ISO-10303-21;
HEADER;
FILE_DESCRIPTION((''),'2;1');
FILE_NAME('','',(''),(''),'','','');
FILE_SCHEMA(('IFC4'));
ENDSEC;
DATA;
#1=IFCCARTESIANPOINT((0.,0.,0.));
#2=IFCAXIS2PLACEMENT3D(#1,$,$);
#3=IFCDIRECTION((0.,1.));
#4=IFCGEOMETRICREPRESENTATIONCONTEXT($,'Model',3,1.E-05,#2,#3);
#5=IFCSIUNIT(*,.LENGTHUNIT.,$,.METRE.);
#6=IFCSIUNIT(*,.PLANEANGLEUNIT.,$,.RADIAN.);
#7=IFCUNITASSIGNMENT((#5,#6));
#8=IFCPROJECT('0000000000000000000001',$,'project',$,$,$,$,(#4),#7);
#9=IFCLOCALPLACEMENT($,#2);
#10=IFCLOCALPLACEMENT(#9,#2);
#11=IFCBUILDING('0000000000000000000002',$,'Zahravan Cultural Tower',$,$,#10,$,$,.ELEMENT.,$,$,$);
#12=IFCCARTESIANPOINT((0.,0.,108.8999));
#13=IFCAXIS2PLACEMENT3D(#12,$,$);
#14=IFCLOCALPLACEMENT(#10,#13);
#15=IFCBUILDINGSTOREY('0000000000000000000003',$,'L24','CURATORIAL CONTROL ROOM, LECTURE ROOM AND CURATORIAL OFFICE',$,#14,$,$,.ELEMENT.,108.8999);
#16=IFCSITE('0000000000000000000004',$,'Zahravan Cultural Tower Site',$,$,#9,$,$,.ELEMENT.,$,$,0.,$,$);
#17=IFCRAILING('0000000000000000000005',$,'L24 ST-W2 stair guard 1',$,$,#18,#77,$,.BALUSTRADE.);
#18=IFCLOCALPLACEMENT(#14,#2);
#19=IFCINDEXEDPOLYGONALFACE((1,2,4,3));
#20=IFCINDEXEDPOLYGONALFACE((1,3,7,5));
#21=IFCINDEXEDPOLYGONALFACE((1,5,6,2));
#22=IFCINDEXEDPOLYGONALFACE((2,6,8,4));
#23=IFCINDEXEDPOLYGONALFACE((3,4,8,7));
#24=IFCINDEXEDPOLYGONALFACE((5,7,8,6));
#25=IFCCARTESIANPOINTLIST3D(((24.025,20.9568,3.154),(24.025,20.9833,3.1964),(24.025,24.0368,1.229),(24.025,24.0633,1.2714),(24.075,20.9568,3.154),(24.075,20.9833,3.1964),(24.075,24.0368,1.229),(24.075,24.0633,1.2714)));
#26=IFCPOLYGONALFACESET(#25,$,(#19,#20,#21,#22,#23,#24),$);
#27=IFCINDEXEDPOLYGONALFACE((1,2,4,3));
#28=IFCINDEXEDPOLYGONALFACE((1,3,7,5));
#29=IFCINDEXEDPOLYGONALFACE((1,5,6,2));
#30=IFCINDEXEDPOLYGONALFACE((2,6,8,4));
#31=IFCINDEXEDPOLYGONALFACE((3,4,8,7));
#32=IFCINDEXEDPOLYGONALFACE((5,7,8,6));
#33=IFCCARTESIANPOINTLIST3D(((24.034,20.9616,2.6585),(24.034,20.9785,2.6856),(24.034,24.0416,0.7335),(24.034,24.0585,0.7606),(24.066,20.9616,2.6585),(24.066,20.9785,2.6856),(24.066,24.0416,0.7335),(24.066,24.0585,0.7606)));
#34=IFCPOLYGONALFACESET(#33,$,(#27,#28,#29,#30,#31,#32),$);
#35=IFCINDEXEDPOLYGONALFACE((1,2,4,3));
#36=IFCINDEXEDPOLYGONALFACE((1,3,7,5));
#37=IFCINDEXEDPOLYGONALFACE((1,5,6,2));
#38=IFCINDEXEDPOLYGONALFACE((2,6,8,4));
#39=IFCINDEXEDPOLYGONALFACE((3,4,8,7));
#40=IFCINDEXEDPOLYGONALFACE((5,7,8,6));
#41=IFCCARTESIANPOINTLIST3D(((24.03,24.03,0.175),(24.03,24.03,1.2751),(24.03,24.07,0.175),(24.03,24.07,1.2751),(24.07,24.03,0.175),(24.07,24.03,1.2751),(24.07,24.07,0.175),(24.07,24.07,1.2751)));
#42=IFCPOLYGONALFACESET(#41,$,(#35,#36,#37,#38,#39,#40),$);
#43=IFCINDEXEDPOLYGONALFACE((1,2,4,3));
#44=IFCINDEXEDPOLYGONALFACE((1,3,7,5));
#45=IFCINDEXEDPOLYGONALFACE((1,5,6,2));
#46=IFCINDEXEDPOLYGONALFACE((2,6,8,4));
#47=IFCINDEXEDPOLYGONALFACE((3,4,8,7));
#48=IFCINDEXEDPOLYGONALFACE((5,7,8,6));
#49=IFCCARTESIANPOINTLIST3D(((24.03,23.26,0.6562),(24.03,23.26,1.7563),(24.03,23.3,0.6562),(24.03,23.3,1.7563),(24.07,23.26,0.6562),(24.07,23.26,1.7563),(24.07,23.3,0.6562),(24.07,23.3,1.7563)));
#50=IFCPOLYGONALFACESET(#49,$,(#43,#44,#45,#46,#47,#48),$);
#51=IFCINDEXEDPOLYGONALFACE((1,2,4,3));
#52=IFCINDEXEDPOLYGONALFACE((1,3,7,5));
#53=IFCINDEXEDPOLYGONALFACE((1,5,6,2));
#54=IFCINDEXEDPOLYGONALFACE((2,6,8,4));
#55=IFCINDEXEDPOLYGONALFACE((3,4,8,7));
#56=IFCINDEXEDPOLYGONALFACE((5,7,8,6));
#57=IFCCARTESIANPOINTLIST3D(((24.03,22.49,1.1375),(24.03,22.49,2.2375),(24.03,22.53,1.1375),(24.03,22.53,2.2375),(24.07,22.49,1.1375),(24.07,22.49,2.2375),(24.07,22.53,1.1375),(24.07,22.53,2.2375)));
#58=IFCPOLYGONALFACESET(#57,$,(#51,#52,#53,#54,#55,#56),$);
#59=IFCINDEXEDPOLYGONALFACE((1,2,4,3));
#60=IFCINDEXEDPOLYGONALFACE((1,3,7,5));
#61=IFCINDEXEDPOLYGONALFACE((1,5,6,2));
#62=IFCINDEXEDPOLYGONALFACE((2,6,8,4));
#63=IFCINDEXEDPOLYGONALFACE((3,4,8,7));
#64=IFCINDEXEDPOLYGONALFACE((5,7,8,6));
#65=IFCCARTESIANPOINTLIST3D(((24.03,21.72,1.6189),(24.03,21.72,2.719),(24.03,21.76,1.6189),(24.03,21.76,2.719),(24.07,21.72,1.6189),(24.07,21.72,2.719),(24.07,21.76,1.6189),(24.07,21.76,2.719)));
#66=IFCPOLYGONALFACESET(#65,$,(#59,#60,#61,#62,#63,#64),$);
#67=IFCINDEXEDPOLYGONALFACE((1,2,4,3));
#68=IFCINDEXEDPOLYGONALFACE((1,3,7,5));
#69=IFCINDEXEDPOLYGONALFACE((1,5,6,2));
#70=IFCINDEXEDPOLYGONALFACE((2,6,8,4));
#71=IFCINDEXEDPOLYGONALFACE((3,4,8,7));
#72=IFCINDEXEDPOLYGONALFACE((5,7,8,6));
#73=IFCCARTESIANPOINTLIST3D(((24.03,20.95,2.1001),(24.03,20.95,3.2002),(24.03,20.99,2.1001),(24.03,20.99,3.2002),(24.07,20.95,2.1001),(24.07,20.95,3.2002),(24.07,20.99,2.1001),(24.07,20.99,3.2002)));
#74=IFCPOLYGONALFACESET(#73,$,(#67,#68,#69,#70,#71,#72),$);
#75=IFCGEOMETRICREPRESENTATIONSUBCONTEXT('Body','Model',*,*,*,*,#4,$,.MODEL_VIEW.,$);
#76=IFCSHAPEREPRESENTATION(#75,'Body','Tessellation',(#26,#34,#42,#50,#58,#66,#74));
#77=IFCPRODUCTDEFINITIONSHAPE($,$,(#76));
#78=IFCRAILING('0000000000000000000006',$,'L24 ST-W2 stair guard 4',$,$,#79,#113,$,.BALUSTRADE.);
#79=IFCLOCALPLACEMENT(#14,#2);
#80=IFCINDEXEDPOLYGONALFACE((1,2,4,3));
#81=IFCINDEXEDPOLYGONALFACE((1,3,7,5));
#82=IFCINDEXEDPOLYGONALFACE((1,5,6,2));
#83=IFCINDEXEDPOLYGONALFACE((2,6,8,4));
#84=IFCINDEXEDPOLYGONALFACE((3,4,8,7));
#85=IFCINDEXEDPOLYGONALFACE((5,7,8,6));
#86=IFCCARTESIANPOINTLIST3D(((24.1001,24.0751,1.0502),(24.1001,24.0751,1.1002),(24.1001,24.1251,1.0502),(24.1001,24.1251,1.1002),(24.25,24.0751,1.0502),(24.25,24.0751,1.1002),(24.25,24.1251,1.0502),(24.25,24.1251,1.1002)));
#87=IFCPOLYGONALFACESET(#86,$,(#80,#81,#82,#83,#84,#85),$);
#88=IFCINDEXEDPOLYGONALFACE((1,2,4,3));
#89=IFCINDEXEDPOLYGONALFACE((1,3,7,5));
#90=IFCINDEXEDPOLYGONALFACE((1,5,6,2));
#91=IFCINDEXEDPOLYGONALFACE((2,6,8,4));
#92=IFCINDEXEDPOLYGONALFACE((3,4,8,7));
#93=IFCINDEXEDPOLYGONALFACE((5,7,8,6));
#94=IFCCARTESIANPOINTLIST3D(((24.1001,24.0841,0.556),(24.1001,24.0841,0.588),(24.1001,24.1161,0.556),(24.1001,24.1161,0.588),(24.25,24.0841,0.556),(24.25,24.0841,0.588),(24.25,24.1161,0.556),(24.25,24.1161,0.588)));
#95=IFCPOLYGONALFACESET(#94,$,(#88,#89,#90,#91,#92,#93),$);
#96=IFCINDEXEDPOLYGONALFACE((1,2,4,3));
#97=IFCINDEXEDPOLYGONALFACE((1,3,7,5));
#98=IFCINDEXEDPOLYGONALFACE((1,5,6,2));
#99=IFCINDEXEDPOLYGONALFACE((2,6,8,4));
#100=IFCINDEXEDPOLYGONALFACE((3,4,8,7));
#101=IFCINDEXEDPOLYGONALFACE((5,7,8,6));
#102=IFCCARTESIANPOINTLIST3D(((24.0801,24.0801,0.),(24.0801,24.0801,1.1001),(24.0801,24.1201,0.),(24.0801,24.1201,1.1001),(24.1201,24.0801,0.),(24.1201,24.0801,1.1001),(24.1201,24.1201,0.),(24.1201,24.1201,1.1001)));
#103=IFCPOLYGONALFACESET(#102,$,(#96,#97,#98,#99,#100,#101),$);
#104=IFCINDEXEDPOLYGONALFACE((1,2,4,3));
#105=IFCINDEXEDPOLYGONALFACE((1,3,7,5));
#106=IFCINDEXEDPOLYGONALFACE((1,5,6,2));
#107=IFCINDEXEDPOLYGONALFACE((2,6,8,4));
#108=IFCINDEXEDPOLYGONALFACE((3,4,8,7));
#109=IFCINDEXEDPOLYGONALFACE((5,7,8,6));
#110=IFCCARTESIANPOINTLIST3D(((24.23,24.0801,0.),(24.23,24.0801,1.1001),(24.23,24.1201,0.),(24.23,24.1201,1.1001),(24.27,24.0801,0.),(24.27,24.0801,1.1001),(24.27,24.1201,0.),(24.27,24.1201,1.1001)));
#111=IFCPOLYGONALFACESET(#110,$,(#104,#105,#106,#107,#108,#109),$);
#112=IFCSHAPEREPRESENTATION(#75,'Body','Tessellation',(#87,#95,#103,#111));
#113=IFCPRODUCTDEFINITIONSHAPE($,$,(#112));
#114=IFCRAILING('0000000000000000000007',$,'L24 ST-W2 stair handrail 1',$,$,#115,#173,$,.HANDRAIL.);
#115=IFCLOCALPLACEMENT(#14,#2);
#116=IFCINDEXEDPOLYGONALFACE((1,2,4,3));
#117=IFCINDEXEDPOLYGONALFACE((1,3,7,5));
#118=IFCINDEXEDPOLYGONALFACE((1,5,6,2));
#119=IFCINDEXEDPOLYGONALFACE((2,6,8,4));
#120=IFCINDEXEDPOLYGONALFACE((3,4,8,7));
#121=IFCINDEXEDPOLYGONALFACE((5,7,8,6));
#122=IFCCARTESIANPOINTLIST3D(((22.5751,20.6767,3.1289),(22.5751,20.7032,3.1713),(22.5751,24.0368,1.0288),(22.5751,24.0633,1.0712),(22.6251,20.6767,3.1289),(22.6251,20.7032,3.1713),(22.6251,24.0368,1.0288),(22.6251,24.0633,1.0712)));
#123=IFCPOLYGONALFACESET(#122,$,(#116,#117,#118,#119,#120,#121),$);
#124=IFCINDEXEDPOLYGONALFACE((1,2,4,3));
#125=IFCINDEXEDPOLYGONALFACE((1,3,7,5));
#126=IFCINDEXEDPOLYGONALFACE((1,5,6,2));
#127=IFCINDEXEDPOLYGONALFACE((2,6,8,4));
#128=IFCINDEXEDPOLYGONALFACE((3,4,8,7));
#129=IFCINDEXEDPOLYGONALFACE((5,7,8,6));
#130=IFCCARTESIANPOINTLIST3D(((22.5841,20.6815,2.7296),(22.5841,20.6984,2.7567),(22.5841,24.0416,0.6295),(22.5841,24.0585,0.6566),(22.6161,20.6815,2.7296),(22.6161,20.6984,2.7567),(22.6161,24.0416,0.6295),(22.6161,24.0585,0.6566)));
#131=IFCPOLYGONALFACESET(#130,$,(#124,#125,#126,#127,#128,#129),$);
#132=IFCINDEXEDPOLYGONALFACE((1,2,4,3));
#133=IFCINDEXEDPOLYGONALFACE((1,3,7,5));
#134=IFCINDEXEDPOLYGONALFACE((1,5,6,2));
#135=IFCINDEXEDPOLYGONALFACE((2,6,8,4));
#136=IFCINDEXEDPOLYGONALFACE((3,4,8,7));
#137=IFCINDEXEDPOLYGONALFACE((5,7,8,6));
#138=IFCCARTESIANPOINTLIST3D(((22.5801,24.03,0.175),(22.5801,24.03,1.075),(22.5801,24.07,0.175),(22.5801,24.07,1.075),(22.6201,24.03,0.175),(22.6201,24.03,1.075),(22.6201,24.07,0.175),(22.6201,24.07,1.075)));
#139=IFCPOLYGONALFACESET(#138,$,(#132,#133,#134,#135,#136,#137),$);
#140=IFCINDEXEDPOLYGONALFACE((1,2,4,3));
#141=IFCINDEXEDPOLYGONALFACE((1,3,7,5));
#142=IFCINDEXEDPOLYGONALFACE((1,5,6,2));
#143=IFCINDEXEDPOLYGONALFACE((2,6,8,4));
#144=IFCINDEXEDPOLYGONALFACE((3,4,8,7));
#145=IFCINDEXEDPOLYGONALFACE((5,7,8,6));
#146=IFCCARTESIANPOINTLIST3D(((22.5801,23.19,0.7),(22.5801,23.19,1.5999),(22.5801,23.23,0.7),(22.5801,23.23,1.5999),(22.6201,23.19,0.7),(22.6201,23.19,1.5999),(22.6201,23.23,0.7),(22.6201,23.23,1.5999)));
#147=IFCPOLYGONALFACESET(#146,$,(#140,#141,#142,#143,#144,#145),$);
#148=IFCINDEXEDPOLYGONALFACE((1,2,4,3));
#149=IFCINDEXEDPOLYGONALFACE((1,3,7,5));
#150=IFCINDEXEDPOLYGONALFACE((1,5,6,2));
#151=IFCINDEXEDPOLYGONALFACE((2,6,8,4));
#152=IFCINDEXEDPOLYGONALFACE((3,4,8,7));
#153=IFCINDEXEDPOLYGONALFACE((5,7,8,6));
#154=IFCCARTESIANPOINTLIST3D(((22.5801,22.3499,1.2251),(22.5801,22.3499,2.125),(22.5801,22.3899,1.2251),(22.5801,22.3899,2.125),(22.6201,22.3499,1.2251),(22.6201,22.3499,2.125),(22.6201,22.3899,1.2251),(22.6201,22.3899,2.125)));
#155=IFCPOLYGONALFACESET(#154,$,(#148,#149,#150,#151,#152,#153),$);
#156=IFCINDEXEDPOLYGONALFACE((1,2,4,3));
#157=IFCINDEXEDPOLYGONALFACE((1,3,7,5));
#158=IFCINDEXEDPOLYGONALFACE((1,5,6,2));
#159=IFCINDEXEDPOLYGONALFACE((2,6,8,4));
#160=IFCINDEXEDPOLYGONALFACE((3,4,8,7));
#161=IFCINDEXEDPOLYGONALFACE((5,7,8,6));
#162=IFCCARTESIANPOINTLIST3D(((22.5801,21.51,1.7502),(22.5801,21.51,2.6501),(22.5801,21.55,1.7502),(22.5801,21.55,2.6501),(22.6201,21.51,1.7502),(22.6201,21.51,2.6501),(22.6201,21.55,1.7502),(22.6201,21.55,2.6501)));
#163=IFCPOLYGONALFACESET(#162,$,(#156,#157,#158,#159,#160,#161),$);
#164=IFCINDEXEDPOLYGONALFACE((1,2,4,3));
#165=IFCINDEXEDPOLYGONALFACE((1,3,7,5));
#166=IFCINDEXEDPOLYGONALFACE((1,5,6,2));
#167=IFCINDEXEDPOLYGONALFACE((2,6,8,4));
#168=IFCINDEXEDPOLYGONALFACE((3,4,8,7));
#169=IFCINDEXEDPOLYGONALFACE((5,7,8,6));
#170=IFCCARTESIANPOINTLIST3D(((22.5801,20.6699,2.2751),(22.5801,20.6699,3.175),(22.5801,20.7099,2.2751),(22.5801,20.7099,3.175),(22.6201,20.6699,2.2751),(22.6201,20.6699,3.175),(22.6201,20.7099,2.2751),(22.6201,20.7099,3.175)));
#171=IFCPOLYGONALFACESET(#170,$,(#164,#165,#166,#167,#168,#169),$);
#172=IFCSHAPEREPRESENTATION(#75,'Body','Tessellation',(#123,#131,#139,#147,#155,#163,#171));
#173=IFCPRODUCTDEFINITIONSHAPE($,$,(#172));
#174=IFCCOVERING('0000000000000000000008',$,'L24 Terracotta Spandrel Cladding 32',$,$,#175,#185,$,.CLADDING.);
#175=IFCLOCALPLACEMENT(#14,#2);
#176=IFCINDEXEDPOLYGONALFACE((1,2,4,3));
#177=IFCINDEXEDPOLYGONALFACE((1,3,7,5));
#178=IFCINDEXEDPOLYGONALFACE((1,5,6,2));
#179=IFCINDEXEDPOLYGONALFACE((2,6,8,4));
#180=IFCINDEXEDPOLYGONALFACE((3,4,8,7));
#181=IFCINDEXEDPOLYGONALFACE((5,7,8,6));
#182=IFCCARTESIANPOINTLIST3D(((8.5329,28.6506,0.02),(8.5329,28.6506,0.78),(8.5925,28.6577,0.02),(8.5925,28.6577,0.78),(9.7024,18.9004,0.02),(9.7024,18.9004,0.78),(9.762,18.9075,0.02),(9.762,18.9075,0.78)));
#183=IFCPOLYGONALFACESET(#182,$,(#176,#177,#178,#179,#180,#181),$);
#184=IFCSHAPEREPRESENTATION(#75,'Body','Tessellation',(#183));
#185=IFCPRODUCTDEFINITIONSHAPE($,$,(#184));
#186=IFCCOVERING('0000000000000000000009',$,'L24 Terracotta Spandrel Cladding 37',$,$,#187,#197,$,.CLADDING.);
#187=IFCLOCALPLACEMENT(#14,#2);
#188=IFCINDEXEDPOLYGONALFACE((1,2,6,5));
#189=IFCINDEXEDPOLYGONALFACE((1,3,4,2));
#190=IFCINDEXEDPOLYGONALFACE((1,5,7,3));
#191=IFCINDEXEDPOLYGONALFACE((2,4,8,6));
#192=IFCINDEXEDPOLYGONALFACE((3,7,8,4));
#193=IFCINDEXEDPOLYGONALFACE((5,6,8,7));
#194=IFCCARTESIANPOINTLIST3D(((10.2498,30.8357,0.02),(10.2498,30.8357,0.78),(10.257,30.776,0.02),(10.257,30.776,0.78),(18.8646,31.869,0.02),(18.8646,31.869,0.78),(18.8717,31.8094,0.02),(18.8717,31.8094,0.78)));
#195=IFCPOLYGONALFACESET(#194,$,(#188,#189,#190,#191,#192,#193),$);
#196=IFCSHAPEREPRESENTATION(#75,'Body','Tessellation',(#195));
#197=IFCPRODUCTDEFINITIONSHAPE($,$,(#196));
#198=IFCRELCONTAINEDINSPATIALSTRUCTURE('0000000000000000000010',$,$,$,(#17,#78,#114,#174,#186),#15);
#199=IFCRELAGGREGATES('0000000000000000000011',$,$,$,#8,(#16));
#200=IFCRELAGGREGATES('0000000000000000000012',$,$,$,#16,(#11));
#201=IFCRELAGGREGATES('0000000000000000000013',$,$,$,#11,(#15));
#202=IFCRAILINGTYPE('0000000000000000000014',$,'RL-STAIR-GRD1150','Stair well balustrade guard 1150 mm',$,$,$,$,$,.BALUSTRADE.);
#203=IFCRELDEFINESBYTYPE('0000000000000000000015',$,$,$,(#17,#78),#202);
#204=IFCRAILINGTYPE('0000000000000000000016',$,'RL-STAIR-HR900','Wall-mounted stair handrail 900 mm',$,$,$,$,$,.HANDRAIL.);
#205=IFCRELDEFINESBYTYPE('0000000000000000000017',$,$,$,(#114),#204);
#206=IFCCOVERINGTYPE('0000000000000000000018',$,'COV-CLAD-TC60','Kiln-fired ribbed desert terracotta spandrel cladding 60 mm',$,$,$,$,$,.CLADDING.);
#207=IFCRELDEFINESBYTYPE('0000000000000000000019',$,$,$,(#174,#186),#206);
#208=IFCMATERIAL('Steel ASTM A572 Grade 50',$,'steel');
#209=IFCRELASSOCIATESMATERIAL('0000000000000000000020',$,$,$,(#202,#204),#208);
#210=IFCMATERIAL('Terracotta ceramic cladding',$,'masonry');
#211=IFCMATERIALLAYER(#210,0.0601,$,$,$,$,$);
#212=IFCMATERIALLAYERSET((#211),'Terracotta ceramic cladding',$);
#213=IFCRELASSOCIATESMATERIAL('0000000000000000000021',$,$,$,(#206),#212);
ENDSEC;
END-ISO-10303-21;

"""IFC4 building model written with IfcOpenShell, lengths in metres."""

from ifc_helpers import new_model, si_unit, direction, frame, origin, origin_2d, place, context, subcontext, project, spatial, rectangle, extrude, source, transform, mapped, material, layer, layer_set, type_object, element, save


model = new_model("IFC4")

# Units and contexts
model_context = context("Model", 3, precision=1e-05, world=origin(), true_north=direction((0.0, 1.0)))
body_context = subcontext(model_context, "Body", "Model", "MODEL_VIEW")
ifc_project = project(units=[si_unit("LENGTHUNIT", "METRE"), si_unit("PLANEANGLEUNIT", "RADIAN")], contexts=[model_context])

# Site, building, storey
site_placement = place(None, origin())
site = spatial("IfcSite", under=ifc_project, at=site_placement, Name="Zahravan Cultural Tower Site", CompositionType="ELEMENT", RefElevation=0.0)
building_placement = place(site_placement, origin())
building = spatial("IfcBuilding", under=site, at=building_placement, Name="Zahravan Cultural Tower", CompositionType="ELEMENT")
storey_placement = place(building_placement, frame((0.0, 0.0, 108.8999)))
storey = spatial("IfcBuildingStorey", under=building, at=storey_placement, Name="L24", Description="CURATORIAL CONTROL ROOM, LECTURE ROOM AND CURATORIAL OFFICE", CompositionType="ELEMENT", Elevation=108.8999)

# Railings
ifc_material_1 = material(Name="Steel ASTM A572 Grade 50", Category="steel")
railing_type_1 = type_object("IfcRailingType", Name="RL-STAIR-GRD1150", Description="Stair well balustrade guard 1150 mm", PredefinedType="BALUSTRADE", material=ifc_material_1)
railing_1_placement = place(storey_placement, frame((24.05, 24.05, 0.175)))
element("IfcRailing", 1, at=railing_1_placement, inside=storey, type_object=railing_type_1, Name="L24 ST-W2 stair guard 1", PredefinedType="BALUSTRADE", context=body_context, shape_type="SweptSolid", body=[
    extrude(rectangle(XDim=0.05, YDim=0.05, at=origin_2d()), frame((0.0, 0.0, 1.0752), z_axis=(0.0, -0.847998, 0.529999), x_axis=(1.0, 0.0, 0.0)), (0.0, 0.0, 1.0), 3.6321),
    extrude(rectangle(XDim=0.032, YDim=0.032, at=origin_2d()), frame((0.0, 0.0, 0.572), z_axis=(0.0, -0.847998, 0.529999), x_axis=(1.0, 0.0, 0.0)), (0.0, 0.0, 1.0), 3.6321),
    extrude(rectangle(XDim=0.04, YDim=0.04, at=origin_2d()), origin(), (0.0, 0.0, 1.0), 1.1001),
    extrude(rectangle(XDim=0.04, YDim=0.04, at=origin_2d()), frame((0.0, -0.77, 0.4812)), (0.0, 0.0, 1.0), 1.1001),
    extrude(rectangle(XDim=0.04, YDim=0.04, at=origin_2d()), frame((0.0, -1.54, 0.9624)), (0.0, 0.0, 1.0), 1.1001),
    extrude(rectangle(XDim=0.04, YDim=0.04, at=origin_2d()), frame((0.0, -2.3101, 1.4438)), (0.0, 0.0, 1.0), 1.1001),
    extrude(rectangle(XDim=0.04, YDim=0.04, at=origin_2d()), frame((0.0, -3.0801, 1.925)), (0.0, 0.0, 1.0), 1.1001),
])
railing_2_placement = place(storey_placement, frame((24.1001, 24.1001, 0.0)))
element("IfcRailing", 2, at=railing_2_placement, inside=storey, type_object=railing_type_1, Name="L24 ST-W2 stair guard 4", PredefinedType="BALUSTRADE", context=body_context, shape_type="SweptSolid", body=[
    extrude(rectangle(XDim=0.05, YDim=0.05, at=origin_2d()), frame((0.0, 0.0, 1.0752), z_axis=(1.0, 0.0, 0.0), x_axis=(0.0, 1.0, 0.0)), (0.0, 0.0, 1.0), 0.1499),
    extrude(rectangle(XDim=0.032, YDim=0.032, at=origin_2d()), frame((0.0, 0.0, 0.572), z_axis=(1.0, 0.0, 0.0), x_axis=(0.0, 1.0, 0.0)), (0.0, 0.0, 1.0), 0.1499),
    extrude(rectangle(XDim=0.04, YDim=0.04, at=origin_2d()), origin(), (0.0, 0.0, 1.0), 1.1001),
    extrude(rectangle(XDim=0.04, YDim=0.04, at=origin_2d()), frame((0.1499, 0.0, 0.0)), (0.0, 0.0, 1.0), 1.1001),
])
railing_type_2 = type_object("IfcRailingType", Name="RL-STAIR-HR900", Description="Wall-mounted stair handrail 900 mm", PredefinedType="HANDRAIL", material=ifc_material_1)
railing_3_placement = place(storey_placement, frame((22.6001, 24.05, 0.175)))
element("IfcRailing", 3, at=railing_3_placement, inside=storey, type_object=railing_type_2, Name="L24 ST-W2 stair handrail 1", PredefinedType="HANDRAIL", context=body_context, shape_type="SweptSolid", body=[
    extrude(rectangle(XDim=0.05, YDim=0.05, at=origin_2d()), frame((0.0, 0.0, 0.875), z_axis=(0.0, -0.847995, 0.530004), x_axis=(1.0, 0.0, 0.0)), (0.0, 0.0, 1.0), 3.9624),
    extrude(rectangle(XDim=0.032, YDim=0.032, at=origin_2d()), frame((0.0, 0.0, 0.468), z_axis=(0.0, -0.847995, 0.530004), x_axis=(1.0, 0.0, 0.0)), (0.0, 0.0, 1.0), 3.9624),
    extrude(rectangle(XDim=0.04, YDim=0.04, at=origin_2d()), origin(), (0.0, 0.0, 1.0), 0.8999),
    extrude(rectangle(XDim=0.04, YDim=0.04, at=origin_2d()), frame((0.0, -0.8401, 0.5249)), (0.0, 0.0, 1.0), 0.8999),
    extrude(rectangle(XDim=0.04, YDim=0.04, at=origin_2d()), frame((0.0, -1.6802, 1.05)), (0.0, 0.0, 1.0), 0.8999),
    extrude(rectangle(XDim=0.04, YDim=0.04, at=origin_2d()), frame((0.0, -2.52, 1.5752)), (0.0, 0.0, 1.0), 0.8999),
    extrude(rectangle(XDim=0.04, YDim=0.04, at=origin_2d()), frame((0.0, -3.3601, 2.1001)), (0.0, 0.0, 1.0), 0.8999),
])

# Coverings
ifc_material_2 = material(Name="Terracotta ceramic cladding", Category="masonry")
ifc_layer_1 = layer(ifc_material_2, 0.0601)
ifc_layer_set_1 = layer_set([ifc_layer_1], Name="Terracotta ceramic cladding")
covering_type = type_object("IfcCoveringType", Name="COV-CLAD-TC60", Description="Kiln-fired ribbed desert terracotta spandrel cladding 60 mm", PredefinedType="CLADDING", material=ifc_layer_set_1)
shared_shape_1 = source(origin(), body_context, "Body", "SweptSolid", [
    extrude(rectangle(XDim=9.8201, YDim=0.0601, at=origin_2d()), origin(), (0.0, 0.0, 1.0), 0.76),
])
covering_1_placement = place(storey_placement, frame((9.1475, 23.7791, 0.02), z_axis=(0.0, 0.0, 1.0), x_axis=(-0.119097, 0.992883, 0.0)))
element("IfcCovering", 4, at=covering_1_placement, inside=storey, type_object=covering_type, Name="L24 Terracotta Spandrel Cladding 32", PredefinedType="CLADDING", context=body_context, shape_type="MappedRepresentation", body=[
    mapped(shared_shape_1, transform((0.0, 0.0, 0.0), x_axis=(1.0, 0.0, 0.0), y_axis=(0.0, 1.0, 0.0), z_axis=(0.0, 0.0, 1.0), scale=1.0)),
])
shared_shape_2 = source(origin(), body_context, "Body", "SweptSolid", [
    extrude(rectangle(XDim=8.6765, YDim=0.0601, at=origin_2d()), origin(), (0.0, 0.0, 1.0), 0.76),
])
covering_2_placement = place(storey_placement, frame((14.5608, 31.3225, 0.02), z_axis=(0.0, 0.0, 1.0), x_axis=(0.992883, 0.119097, 0.0)))
element("IfcCovering", 5, at=covering_2_placement, inside=storey, type_object=covering_type, Name="L24 Terracotta Spandrel Cladding 37", PredefinedType="CLADDING", context=body_context, shape_type="MappedRepresentation", body=[
    mapped(shared_shape_2, transform((0.0, 0.0, 0.0), x_axis=(1.0, 0.0, 0.0), y_axis=(0.0, 1.0, 0.0), z_axis=(0.0, 0.0, 1.0), scale=1.0)),
])

save(model, "model.ifc")
